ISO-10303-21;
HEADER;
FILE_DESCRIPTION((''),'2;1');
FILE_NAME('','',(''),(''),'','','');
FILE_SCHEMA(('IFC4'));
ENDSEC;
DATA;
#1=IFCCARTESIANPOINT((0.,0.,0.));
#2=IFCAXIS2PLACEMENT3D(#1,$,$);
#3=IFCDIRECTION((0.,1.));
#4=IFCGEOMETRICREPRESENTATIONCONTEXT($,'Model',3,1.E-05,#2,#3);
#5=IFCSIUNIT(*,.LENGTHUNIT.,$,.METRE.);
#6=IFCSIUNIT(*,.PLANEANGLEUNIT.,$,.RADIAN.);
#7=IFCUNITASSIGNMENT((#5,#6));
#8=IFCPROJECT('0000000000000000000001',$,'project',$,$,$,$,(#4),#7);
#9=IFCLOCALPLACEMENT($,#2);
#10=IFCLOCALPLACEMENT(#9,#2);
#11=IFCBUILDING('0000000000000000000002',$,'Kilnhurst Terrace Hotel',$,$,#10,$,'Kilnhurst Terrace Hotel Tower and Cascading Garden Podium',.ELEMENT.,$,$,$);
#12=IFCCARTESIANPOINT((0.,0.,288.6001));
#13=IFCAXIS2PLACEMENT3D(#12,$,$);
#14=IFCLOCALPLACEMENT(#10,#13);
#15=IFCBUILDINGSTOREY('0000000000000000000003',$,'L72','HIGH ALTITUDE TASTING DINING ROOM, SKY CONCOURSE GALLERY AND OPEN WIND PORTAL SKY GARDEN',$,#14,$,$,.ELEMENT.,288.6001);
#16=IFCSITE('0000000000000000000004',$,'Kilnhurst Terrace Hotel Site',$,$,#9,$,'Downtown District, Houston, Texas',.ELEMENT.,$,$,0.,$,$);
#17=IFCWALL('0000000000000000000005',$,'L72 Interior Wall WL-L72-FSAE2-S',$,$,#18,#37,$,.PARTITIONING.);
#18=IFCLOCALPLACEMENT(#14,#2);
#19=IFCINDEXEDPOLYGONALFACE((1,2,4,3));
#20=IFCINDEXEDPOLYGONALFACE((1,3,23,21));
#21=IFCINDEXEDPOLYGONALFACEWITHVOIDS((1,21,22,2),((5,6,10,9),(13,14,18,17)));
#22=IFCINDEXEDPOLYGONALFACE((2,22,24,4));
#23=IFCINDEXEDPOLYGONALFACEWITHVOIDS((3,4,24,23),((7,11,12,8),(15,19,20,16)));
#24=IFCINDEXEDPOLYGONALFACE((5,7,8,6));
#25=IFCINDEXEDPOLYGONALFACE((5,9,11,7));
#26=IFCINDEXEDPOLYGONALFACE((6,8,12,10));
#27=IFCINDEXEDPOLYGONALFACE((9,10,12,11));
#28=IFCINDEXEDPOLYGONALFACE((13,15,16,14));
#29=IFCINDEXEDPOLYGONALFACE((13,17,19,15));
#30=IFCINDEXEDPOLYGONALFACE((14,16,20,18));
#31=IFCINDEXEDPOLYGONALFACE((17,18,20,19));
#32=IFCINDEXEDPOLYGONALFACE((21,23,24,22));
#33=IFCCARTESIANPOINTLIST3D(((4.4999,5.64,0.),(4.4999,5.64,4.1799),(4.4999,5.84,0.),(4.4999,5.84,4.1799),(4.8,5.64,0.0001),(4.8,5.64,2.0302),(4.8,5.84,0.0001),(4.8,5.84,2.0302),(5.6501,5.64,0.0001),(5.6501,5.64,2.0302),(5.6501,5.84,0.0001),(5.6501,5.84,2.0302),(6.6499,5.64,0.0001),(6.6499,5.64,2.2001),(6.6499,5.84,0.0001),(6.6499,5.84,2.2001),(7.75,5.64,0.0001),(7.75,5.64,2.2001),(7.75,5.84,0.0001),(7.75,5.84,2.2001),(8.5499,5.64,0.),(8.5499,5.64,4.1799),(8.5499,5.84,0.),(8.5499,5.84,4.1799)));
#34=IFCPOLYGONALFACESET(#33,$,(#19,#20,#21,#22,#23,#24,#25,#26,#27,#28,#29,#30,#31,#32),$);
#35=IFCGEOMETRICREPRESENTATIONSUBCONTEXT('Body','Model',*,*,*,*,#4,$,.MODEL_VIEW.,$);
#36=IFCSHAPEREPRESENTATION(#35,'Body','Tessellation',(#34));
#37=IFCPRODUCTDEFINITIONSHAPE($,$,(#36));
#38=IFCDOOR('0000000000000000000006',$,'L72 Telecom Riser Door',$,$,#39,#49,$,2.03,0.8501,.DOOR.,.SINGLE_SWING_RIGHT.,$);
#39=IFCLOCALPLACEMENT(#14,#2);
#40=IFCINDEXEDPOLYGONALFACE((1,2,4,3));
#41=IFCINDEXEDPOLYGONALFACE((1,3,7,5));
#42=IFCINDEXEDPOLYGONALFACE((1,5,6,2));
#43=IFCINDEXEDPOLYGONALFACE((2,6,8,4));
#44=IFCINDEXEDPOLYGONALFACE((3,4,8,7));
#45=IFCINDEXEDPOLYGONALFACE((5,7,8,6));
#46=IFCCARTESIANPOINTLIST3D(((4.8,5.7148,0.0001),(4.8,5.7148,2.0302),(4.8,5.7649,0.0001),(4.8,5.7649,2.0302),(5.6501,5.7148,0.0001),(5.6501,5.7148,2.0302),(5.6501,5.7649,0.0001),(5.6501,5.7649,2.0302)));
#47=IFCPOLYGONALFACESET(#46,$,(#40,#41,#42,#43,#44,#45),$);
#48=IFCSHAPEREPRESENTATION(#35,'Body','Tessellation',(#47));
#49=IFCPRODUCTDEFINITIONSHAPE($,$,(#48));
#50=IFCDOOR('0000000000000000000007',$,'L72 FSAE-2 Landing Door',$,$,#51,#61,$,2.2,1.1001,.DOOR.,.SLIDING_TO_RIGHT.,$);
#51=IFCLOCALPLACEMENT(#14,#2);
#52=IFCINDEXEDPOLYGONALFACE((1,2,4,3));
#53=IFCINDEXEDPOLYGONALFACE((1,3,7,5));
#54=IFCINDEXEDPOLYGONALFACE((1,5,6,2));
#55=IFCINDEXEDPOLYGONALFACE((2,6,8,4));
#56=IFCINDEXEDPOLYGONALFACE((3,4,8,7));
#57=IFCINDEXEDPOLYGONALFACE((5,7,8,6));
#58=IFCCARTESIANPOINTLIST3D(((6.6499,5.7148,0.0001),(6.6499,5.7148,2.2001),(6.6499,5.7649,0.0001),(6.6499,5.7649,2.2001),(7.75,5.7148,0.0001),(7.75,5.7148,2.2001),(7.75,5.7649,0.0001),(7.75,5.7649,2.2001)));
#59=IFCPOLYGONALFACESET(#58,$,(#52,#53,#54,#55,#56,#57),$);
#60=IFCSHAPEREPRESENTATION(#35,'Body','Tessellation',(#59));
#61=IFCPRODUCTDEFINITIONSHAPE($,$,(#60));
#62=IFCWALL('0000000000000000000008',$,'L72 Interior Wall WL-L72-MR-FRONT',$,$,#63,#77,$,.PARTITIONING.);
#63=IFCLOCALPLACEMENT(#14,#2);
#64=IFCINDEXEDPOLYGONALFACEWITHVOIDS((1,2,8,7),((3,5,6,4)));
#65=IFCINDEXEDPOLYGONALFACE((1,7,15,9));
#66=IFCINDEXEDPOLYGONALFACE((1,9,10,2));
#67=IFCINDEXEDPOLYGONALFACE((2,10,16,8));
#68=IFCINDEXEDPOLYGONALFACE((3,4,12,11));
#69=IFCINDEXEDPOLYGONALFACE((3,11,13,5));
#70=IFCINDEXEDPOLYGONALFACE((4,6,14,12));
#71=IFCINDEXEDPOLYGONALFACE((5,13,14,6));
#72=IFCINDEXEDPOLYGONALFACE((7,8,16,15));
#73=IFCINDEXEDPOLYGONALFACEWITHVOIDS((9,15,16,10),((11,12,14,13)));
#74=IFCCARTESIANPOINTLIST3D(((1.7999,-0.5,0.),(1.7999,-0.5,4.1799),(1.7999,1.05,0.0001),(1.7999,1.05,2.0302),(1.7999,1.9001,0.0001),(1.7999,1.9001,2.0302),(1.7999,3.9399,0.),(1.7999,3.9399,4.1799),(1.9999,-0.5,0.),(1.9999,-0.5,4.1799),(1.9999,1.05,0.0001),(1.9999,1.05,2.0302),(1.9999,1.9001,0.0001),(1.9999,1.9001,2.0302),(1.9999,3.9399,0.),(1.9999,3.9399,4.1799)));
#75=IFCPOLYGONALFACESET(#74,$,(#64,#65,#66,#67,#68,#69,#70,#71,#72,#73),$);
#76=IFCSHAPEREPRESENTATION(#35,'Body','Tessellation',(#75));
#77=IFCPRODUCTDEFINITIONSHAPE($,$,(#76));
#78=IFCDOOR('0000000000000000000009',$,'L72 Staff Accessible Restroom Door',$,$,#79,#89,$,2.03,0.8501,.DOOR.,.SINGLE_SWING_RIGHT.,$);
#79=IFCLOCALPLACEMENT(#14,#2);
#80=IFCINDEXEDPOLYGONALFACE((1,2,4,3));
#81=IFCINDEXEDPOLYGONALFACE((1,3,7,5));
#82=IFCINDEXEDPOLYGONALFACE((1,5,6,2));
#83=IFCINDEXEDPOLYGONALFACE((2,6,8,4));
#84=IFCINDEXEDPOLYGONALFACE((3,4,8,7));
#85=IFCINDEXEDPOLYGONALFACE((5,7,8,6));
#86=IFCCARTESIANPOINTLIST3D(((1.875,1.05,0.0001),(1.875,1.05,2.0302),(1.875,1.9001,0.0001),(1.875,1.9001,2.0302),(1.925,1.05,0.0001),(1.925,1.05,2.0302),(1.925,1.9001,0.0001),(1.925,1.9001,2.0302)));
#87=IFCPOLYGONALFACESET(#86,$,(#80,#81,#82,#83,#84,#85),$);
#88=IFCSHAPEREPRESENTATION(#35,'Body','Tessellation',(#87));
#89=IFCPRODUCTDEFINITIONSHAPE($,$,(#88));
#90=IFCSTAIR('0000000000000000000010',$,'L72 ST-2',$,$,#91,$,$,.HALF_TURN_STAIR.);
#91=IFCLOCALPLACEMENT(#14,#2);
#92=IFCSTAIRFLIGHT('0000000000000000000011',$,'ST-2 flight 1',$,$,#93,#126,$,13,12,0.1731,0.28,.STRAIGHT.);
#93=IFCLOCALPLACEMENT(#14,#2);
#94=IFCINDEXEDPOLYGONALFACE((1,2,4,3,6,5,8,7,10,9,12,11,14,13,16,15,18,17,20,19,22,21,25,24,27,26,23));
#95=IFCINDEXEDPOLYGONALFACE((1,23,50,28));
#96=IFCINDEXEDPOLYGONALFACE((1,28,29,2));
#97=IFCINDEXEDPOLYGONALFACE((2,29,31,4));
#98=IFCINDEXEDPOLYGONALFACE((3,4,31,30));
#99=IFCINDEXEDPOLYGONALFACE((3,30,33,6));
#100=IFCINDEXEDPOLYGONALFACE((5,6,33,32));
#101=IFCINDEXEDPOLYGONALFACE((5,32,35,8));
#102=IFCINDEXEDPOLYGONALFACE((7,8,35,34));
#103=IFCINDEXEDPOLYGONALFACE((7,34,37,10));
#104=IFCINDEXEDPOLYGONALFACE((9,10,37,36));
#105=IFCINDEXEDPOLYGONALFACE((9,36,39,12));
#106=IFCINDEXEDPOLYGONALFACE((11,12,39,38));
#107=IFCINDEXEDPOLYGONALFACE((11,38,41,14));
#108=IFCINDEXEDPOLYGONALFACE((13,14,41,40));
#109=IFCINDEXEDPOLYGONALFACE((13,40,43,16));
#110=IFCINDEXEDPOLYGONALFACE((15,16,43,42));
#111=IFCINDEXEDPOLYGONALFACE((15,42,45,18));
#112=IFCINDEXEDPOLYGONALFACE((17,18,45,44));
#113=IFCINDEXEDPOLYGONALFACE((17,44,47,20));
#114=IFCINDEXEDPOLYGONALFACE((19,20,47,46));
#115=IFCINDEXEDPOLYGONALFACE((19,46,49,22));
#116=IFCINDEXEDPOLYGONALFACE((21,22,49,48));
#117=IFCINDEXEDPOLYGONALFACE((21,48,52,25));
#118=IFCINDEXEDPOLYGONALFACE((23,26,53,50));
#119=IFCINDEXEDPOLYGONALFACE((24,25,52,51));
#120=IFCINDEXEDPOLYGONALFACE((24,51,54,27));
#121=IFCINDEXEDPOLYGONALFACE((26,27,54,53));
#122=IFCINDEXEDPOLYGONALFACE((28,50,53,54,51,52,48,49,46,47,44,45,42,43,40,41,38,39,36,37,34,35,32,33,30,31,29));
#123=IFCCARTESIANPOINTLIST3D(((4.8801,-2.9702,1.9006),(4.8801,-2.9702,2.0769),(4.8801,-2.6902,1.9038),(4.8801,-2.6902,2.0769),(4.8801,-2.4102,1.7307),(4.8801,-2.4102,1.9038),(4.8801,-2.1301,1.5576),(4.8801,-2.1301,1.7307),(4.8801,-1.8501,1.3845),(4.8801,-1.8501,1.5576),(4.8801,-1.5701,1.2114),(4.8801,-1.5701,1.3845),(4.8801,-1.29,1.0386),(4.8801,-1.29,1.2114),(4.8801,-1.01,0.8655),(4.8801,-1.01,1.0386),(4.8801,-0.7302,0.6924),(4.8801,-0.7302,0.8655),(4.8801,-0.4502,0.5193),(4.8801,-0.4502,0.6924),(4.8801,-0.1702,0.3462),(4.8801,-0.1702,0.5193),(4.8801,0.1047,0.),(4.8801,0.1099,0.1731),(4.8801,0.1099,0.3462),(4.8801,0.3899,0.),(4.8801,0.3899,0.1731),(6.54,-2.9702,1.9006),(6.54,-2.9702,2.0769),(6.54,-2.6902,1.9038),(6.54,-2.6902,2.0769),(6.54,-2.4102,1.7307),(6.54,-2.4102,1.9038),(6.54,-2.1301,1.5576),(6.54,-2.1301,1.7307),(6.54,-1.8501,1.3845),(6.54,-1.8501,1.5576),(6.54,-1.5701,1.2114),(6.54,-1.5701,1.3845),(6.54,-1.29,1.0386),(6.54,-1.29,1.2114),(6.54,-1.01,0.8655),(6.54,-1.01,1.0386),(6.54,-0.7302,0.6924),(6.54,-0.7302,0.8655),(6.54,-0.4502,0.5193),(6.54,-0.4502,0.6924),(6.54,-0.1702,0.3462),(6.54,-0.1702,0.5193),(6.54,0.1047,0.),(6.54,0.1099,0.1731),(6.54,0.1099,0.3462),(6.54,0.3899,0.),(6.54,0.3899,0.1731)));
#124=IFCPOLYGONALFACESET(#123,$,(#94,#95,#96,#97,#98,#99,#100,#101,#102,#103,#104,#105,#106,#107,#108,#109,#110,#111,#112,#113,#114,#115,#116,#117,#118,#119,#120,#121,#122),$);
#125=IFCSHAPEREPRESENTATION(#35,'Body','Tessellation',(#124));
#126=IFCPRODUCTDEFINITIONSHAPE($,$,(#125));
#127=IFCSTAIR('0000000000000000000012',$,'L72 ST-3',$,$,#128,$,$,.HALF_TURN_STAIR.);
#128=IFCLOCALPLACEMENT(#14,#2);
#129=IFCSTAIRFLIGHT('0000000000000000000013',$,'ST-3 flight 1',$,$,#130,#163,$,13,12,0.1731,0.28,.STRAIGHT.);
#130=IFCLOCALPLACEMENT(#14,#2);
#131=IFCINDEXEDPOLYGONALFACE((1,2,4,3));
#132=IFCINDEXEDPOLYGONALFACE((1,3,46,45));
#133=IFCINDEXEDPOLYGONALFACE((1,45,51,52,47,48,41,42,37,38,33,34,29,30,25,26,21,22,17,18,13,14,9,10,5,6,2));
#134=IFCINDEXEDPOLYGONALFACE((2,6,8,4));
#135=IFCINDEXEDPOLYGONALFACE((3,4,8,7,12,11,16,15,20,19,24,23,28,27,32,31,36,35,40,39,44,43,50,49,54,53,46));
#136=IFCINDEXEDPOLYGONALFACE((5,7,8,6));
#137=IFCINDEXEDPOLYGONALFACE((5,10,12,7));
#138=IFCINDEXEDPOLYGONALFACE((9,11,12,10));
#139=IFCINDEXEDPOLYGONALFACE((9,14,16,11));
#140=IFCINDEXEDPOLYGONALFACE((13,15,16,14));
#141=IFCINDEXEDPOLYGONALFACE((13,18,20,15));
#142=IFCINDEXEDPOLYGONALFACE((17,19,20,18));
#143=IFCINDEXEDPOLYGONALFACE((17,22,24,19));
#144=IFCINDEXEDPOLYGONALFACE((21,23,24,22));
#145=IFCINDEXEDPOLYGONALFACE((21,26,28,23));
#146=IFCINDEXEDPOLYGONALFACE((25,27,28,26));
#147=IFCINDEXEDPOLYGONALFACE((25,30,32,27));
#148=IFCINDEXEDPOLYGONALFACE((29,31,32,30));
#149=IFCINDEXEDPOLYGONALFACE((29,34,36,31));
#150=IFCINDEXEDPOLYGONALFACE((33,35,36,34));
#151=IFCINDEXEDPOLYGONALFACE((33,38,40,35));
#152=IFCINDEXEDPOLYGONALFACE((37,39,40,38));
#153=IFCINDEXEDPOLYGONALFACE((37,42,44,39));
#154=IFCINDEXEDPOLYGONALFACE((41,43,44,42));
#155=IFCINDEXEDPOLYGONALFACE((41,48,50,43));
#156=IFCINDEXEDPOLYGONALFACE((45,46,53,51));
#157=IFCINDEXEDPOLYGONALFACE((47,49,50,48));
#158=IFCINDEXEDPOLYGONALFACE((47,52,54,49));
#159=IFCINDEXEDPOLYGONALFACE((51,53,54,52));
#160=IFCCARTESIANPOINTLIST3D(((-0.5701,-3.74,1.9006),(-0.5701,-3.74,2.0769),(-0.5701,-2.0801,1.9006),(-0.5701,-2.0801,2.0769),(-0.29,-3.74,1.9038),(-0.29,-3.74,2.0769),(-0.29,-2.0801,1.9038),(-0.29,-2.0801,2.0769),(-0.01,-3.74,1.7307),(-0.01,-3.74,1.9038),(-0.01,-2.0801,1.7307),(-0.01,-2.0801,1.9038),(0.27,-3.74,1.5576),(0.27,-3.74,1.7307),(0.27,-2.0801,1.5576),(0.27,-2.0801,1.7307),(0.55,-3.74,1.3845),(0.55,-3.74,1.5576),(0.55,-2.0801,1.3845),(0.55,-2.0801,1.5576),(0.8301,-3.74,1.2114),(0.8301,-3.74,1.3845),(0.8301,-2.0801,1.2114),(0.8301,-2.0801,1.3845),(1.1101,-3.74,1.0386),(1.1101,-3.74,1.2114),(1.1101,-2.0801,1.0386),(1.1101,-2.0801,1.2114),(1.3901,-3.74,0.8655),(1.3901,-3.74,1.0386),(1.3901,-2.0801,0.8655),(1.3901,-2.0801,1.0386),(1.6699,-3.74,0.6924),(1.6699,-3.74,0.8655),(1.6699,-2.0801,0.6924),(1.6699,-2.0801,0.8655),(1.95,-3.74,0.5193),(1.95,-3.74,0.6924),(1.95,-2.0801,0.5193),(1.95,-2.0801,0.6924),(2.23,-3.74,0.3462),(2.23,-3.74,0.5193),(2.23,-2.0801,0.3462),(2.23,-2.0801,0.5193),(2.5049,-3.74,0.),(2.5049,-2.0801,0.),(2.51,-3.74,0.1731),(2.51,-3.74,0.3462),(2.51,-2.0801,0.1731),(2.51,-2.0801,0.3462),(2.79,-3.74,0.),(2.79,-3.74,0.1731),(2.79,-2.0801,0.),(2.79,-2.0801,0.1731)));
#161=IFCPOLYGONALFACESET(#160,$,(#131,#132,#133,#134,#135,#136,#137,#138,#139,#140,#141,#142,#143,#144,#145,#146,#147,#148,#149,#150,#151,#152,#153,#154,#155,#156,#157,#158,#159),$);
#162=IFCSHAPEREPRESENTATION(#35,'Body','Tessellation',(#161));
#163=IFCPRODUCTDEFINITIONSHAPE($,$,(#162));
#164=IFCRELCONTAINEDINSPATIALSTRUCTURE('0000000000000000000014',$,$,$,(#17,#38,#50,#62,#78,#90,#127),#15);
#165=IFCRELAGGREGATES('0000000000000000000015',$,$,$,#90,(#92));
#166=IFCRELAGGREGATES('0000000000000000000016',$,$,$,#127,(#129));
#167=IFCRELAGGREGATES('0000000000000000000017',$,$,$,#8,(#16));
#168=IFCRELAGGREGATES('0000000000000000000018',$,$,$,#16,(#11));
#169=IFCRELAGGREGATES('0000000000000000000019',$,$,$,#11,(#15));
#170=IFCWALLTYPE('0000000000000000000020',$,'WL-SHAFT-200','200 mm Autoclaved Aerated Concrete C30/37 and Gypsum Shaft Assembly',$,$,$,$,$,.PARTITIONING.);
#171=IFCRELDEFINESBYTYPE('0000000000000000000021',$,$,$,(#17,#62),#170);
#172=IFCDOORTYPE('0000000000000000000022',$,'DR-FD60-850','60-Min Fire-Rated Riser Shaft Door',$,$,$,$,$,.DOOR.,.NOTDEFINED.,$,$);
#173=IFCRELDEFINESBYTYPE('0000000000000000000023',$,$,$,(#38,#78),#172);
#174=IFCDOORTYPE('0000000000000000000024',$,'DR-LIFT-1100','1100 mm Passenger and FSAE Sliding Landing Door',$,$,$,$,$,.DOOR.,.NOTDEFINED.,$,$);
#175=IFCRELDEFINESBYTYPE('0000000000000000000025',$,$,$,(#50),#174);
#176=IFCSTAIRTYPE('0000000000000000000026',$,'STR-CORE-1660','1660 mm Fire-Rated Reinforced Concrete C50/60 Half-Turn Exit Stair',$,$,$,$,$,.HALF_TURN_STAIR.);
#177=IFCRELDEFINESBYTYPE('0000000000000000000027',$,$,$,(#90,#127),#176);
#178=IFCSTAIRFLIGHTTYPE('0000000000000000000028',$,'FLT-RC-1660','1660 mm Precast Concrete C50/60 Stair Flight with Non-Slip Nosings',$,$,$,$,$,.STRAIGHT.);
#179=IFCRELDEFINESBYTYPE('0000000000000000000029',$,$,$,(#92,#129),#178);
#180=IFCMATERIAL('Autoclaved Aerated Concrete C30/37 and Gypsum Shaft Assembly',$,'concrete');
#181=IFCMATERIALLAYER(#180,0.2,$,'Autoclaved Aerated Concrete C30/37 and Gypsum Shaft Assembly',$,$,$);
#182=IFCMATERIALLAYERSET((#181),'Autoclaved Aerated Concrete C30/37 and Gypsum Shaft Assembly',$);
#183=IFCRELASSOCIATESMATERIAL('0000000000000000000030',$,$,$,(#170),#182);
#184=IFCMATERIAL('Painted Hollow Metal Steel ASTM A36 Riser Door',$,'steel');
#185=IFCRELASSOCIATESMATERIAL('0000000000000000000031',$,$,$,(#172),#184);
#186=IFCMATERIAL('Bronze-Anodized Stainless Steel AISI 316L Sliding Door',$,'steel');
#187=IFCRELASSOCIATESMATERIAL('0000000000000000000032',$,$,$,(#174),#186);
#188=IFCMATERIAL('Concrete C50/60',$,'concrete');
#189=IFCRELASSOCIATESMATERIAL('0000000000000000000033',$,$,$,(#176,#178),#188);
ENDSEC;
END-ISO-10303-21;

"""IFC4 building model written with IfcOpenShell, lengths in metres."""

from ifc_helpers import new_model, si_unit, direction, frame, frame_2d, origin, place, context, subcontext, project, spatial, polyline, rectangle, outline, extrude, material, layer, layer_set, type_object, element, fill, aggregate, save


model = new_model("IFC4")

# Units and contexts
model_context = context("Model", 3, precision=1e-05, world=origin(), true_north=direction((0.0, 1.0)))
body_context = subcontext(model_context, "Body", "Model", "MODEL_VIEW")
ifc_project = project(units=[si_unit("LENGTHUNIT", "METRE"), si_unit("PLANEANGLEUNIT", "RADIAN")], contexts=[model_context])

# Site, building, storey
site_placement = place(None, origin())
site = spatial("IfcSite", under=ifc_project, at=site_placement, Name="Kilnhurst Terrace Hotel Site", LongName="Downtown District, Houston, Texas", CompositionType="ELEMENT", RefElevation=0.0)
building_placement = place(site_placement, origin())
building = spatial("IfcBuilding", under=site, at=building_placement, Name="Kilnhurst Terrace Hotel", LongName="Kilnhurst Terrace Hotel Tower and Cascading Garden Podium", CompositionType="ELEMENT")
storey_placement = place(building_placement, frame((0.0, 0.0, 288.6001)))
storey = spatial("IfcBuildingStorey", under=building, at=storey_placement, Name="L72", Description="HIGH ALTITUDE TASTING DINING ROOM, SKY CONCOURSE GALLERY AND OPEN WIND PORTAL SKY GARDEN", CompositionType="ELEMENT", Elevation=288.6001)

# Shared definitions
ifc_material_1 = material(Name="Concrete C50/60", Category="concrete")

# Wall, openings, doors
ifc_material_2 = material(Name="Autoclaved Aerated Concrete C30/37 and Gypsum Shaft Assembly", Category="concrete")
ifc_layer_1 = layer(ifc_material_2, 0.2, Name="Autoclaved Aerated Concrete C30/37 and Gypsum Shaft Assembly")
ifc_layer_set_1 = layer_set([ifc_layer_1], Name="Autoclaved Aerated Concrete C30/37 and Gypsum Shaft Assembly")
wall_type_1 = type_object("IfcWallType", Name="WL-SHAFT-200", Description="200 mm Autoclaved Aerated Concrete C30/37 and Gypsum Shaft Assembly", PredefinedType="PARTITIONING", material=ifc_layer_set_1)
wall_1_placement = place(storey_placement, frame((4.5, 5.74, 0.0), z_axis=(0.0, 0.0, 1.0), x_axis=(1.0, 0.0, 0.0)))
wall_1 = element("IfcWall", 1, at=wall_1_placement, inside=storey, type_object=wall_type_1, Name="L72 Interior Wall WL-L72-FSAE2-S", PredefinedType="PARTITIONING", context=body_context, shape_type="SweptSolid", body=[
    extrude(rectangle(XDim=4.05, YDim=0.2, at=frame_2d((2.0249, 0.0))), origin(), (0.0, 0.0, 1.0), 4.1799),
])
opening_1_placement = place(wall_1_placement, frame((0.3, 0.0, 0.0)))
opening_1 = element("IfcOpeningElement", 2, at=opening_1_placement, cuts=wall_1, PredefinedType="OPENING", context=body_context, shape_type="SweptSolid", body=[
    extrude(rectangle(XDim=0.8501, YDim=2.03, at=frame_2d((0.425, 1.0151))), frame((0.0, 0.1099, 0.0), z_axis=(0.0, -1.0, 0.0), x_axis=(1.0, 0.0, 0.0)), (0.0, 0.0, 1.0), 0.22),
])
opening_2_placement = place(wall_1_placement, frame((2.1499, 0.0, 0.0)))
opening_2 = element("IfcOpeningElement", 3, at=opening_2_placement, cuts=wall_1, PredefinedType="OPENING", context=body_context, shape_type="SweptSolid", body=[
    extrude(rectangle(XDim=1.1001, YDim=2.2, at=frame_2d((0.55, 1.1001))), frame((0.0, 0.1099, 0.0), z_axis=(0.0, -1.0, 0.0), x_axis=(1.0, 0.0, 0.0)), (0.0, 0.0, 1.0), 0.22),
])
ifc_material_3 = material(Name="Painted Hollow Metal Steel ASTM A36 Riser Door", Category="steel")
door_type_1 = type_object("IfcDoorType", Name="DR-FD60-850", Description="60-Min Fire-Rated Riser Shaft Door", OperationType="NOTDEFINED", PredefinedType="DOOR", material=ifc_material_3)
door_1_placement = place(opening_1_placement, origin())
door_1 = element("IfcDoor", 4, at=door_1_placement, inside=storey, type_object=door_type_1, Name="L72 Telecom Riser Door", OperationType="SINGLE_SWING_RIGHT", OverallHeight=2.03, OverallWidth=0.8501, PredefinedType="DOOR", context=body_context, shape_type="SweptSolid", body=[
    extrude(rectangle(XDim=0.8501, YDim=2.03, at=frame_2d((0.425, 1.0151))), frame((0.0, 0.0249, 0.0), z_axis=(0.0, -1.0, 0.0), x_axis=(1.0, 0.0, 0.0)), (0.0, 0.0, 1.0), 0.05),
])
fill(opening_1, door_1)
ifc_material_4 = material(Name="Bronze-Anodized Stainless Steel AISI 316L Sliding Door", Category="steel")
door_type_2 = type_object("IfcDoorType", Name="DR-LIFT-1100", Description="1100 mm Passenger and FSAE Sliding Landing Door", OperationType="NOTDEFINED", PredefinedType="DOOR", material=ifc_material_4)
door_2_placement = place(opening_2_placement, origin())
door_2 = element("IfcDoor", 5, at=door_2_placement, inside=storey, type_object=door_type_2, Name="L72 FSAE-2 Landing Door", OperationType="SLIDING_TO_RIGHT", OverallHeight=2.2, OverallWidth=1.1001, PredefinedType="DOOR", context=body_context, shape_type="SweptSolid", body=[
    extrude(rectangle(XDim=1.1001, YDim=2.2, at=frame_2d((0.55, 1.1001))), frame((0.0, 0.0249, 0.0), z_axis=(0.0, -1.0, 0.0), x_axis=(1.0, 0.0, 0.0)), (0.0, 0.0, 1.0), 0.05),
])
fill(opening_2, door_2)

# Wall, opening, door
wall_2_placement = place(storey_placement, frame((1.8999, -0.5, 0.0), z_axis=(0.0, 0.0, 1.0), x_axis=(0.0, 1.0, 0.0)))
wall_2 = element("IfcWall", 6, at=wall_2_placement, inside=storey, type_object=wall_type_1, Name="L72 Interior Wall WL-L72-MR-FRONT", PredefinedType="PARTITIONING", context=body_context, shape_type="SweptSolid", body=[
    extrude(rectangle(XDim=4.4399, YDim=0.2, at=frame_2d((2.22, 0.0))), origin(), (0.0, 0.0, 1.0), 4.1799),
])
opening_3_placement = place(wall_2_placement, frame((1.55, 0.0, 0.0)))
opening_3 = element("IfcOpeningElement", 7, at=opening_3_placement, cuts=wall_2, PredefinedType="OPENING", context=body_context, shape_type="SweptSolid", body=[
    extrude(rectangle(XDim=0.8501, YDim=2.03, at=frame_2d((0.425, 1.0151))), frame((0.0, 0.1099, 0.0), z_axis=(0.0, -1.0, 0.0), x_axis=(1.0, 0.0, 0.0)), (0.0, 0.0, 1.0), 0.22),
])
door_3_placement = place(opening_3_placement, origin())
door_3 = element("IfcDoor", 8, at=door_3_placement, inside=storey, type_object=door_type_1, Name="L72 Staff Accessible Restroom Door", OperationType="SINGLE_SWING_RIGHT", OverallHeight=2.03, OverallWidth=0.8501, PredefinedType="DOOR", context=body_context, shape_type="SweptSolid", body=[
    extrude(rectangle(XDim=0.8501, YDim=2.03, at=frame_2d((0.425, 1.0151))), frame((0.0, 0.0249, 0.0), z_axis=(0.0, -1.0, 0.0), x_axis=(1.0, 0.0, 0.0)), (0.0, 0.0, 1.0), 0.05),
])
fill(opening_3, door_3)

# Stairs, stair flights
stair_type = type_object("IfcStairType", Name="STR-CORE-1660", Description="1660 mm Fire-Rated Reinforced Concrete C50/60 Half-Turn Exit Stair", PredefinedType="HALF_TURN_STAIR", material=ifc_material_1)
stair_1_placement = place(storey_placement, origin())
stair_1 = element("IfcStair", 9, at=stair_1_placement, inside=storey, type_object=stair_type, Name="L72 ST-2", PredefinedType="HALF_TURN_STAIR")
stair_flight_type = type_object("IfcStairFlightType", Name="FLT-RC-1660", Description="1660 mm Precast Concrete C50/60 Stair Flight with Non-Slip Nosings", PredefinedType="STRAIGHT", material=ifc_material_1)
stair_flight_1_placement = place(storey_placement, frame((5.71, 0.3899, 0.0), z_axis=(0.0, 0.0, 1.0), x_axis=(0.0, -1.0, 0.0)))
stair_flight_1 = element("IfcStairFlight", 10, at=stair_flight_1_placement, type_object=stair_flight_type, Name="ST-2 flight 1", NumberOfRisers=13, NumberOfTreads=12, PredefinedType="STRAIGHT", RiserHeight=0.1731, TreadLength=0.28, context=body_context, shape_type="SweptSolid", body=[
    extrude(outline(polyline([(0.0, 0.0), (0.0, 0.1731), (0.28, 0.1731), (0.28, 0.3462), (0.5601, 0.3462), (0.5601, 0.5193), (0.8401, 0.5193), (0.8401, 0.6924), (1.1201, 0.6924), (1.1201, 0.8655), (1.3999, 0.8655), (1.3999, 1.0386), (1.6799, 1.0386), (1.6799, 1.2114), (1.96, 1.2114), (1.96, 1.3845), (2.24, 1.3845), (2.24, 1.5576), (2.52, 1.5576), (2.52, 1.7307), (2.8, 1.7307), (2.8, 1.9038), (3.0801, 1.9038), (3.0801, 2.0769), (3.3601, 2.0769), (3.3601, 2.25), (3.3601, 1.9006), (0.2852, 0.0), (0.0, 0.0)])), frame((0.0, 0.8301, 0.0), z_axis=(0.0, -1.0, 0.0), x_axis=(1.0, 0.0, 0.0)), (0.0, 0.0, 1.0), 1.6599),
])
aggregate(stair_1, [stair_flight_1])
stair_2_placement = place(storey_placement, origin())
stair_2 = element("IfcStair", 11, at=stair_2_placement, inside=storey, type_object=stair_type, Name="L72 ST-3", PredefinedType="HALF_TURN_STAIR")
stair_flight_2_placement = place(storey_placement, frame((2.79, -2.9099, 0.0), z_axis=(0.0, 0.0, 1.0), x_axis=(-1.0, 0.0, 0.0)))
stair_flight_2 = element("IfcStairFlight", 12, at=stair_flight_2_placement, type_object=stair_flight_type, Name="ST-3 flight 1", NumberOfRisers=13, NumberOfTreads=12, PredefinedType="STRAIGHT", RiserHeight=0.1731, TreadLength=0.28, context=body_context, shape_type="SweptSolid", body=[
    extrude(outline(polyline([(0.0, 0.0), (0.0, 0.1731), (0.28, 0.1731), (0.28, 0.3462), (0.5601, 0.3462), (0.5601, 0.5193), (0.8401, 0.5193), (0.8401, 0.6924), (1.1201, 0.6924), (1.1201, 0.8655), (1.3999, 0.8655), (1.3999, 1.0386), (1.6799, 1.0386), (1.6799, 1.2114), (1.96, 1.2114), (1.96, 1.3845), (2.24, 1.3845), (2.24, 1.5576), (2.52, 1.5576), (2.52, 1.7307), (2.8, 1.7307), (2.8, 1.9038), (3.0801, 1.9038), (3.0801, 2.0769), (3.3601, 2.0769), (3.3601, 2.25), (3.3601, 1.9006), (0.2852, 0.0), (0.0, 0.0)])), frame((0.0, 0.8301, 0.0), z_axis=(0.0, -1.0, 0.0), x_axis=(1.0, 0.0, 0.0)), (0.0, 0.0, 1.0), 1.6599),
])
aggregate(stair_2, [stair_flight_2])

save(model, "model.ifc")
